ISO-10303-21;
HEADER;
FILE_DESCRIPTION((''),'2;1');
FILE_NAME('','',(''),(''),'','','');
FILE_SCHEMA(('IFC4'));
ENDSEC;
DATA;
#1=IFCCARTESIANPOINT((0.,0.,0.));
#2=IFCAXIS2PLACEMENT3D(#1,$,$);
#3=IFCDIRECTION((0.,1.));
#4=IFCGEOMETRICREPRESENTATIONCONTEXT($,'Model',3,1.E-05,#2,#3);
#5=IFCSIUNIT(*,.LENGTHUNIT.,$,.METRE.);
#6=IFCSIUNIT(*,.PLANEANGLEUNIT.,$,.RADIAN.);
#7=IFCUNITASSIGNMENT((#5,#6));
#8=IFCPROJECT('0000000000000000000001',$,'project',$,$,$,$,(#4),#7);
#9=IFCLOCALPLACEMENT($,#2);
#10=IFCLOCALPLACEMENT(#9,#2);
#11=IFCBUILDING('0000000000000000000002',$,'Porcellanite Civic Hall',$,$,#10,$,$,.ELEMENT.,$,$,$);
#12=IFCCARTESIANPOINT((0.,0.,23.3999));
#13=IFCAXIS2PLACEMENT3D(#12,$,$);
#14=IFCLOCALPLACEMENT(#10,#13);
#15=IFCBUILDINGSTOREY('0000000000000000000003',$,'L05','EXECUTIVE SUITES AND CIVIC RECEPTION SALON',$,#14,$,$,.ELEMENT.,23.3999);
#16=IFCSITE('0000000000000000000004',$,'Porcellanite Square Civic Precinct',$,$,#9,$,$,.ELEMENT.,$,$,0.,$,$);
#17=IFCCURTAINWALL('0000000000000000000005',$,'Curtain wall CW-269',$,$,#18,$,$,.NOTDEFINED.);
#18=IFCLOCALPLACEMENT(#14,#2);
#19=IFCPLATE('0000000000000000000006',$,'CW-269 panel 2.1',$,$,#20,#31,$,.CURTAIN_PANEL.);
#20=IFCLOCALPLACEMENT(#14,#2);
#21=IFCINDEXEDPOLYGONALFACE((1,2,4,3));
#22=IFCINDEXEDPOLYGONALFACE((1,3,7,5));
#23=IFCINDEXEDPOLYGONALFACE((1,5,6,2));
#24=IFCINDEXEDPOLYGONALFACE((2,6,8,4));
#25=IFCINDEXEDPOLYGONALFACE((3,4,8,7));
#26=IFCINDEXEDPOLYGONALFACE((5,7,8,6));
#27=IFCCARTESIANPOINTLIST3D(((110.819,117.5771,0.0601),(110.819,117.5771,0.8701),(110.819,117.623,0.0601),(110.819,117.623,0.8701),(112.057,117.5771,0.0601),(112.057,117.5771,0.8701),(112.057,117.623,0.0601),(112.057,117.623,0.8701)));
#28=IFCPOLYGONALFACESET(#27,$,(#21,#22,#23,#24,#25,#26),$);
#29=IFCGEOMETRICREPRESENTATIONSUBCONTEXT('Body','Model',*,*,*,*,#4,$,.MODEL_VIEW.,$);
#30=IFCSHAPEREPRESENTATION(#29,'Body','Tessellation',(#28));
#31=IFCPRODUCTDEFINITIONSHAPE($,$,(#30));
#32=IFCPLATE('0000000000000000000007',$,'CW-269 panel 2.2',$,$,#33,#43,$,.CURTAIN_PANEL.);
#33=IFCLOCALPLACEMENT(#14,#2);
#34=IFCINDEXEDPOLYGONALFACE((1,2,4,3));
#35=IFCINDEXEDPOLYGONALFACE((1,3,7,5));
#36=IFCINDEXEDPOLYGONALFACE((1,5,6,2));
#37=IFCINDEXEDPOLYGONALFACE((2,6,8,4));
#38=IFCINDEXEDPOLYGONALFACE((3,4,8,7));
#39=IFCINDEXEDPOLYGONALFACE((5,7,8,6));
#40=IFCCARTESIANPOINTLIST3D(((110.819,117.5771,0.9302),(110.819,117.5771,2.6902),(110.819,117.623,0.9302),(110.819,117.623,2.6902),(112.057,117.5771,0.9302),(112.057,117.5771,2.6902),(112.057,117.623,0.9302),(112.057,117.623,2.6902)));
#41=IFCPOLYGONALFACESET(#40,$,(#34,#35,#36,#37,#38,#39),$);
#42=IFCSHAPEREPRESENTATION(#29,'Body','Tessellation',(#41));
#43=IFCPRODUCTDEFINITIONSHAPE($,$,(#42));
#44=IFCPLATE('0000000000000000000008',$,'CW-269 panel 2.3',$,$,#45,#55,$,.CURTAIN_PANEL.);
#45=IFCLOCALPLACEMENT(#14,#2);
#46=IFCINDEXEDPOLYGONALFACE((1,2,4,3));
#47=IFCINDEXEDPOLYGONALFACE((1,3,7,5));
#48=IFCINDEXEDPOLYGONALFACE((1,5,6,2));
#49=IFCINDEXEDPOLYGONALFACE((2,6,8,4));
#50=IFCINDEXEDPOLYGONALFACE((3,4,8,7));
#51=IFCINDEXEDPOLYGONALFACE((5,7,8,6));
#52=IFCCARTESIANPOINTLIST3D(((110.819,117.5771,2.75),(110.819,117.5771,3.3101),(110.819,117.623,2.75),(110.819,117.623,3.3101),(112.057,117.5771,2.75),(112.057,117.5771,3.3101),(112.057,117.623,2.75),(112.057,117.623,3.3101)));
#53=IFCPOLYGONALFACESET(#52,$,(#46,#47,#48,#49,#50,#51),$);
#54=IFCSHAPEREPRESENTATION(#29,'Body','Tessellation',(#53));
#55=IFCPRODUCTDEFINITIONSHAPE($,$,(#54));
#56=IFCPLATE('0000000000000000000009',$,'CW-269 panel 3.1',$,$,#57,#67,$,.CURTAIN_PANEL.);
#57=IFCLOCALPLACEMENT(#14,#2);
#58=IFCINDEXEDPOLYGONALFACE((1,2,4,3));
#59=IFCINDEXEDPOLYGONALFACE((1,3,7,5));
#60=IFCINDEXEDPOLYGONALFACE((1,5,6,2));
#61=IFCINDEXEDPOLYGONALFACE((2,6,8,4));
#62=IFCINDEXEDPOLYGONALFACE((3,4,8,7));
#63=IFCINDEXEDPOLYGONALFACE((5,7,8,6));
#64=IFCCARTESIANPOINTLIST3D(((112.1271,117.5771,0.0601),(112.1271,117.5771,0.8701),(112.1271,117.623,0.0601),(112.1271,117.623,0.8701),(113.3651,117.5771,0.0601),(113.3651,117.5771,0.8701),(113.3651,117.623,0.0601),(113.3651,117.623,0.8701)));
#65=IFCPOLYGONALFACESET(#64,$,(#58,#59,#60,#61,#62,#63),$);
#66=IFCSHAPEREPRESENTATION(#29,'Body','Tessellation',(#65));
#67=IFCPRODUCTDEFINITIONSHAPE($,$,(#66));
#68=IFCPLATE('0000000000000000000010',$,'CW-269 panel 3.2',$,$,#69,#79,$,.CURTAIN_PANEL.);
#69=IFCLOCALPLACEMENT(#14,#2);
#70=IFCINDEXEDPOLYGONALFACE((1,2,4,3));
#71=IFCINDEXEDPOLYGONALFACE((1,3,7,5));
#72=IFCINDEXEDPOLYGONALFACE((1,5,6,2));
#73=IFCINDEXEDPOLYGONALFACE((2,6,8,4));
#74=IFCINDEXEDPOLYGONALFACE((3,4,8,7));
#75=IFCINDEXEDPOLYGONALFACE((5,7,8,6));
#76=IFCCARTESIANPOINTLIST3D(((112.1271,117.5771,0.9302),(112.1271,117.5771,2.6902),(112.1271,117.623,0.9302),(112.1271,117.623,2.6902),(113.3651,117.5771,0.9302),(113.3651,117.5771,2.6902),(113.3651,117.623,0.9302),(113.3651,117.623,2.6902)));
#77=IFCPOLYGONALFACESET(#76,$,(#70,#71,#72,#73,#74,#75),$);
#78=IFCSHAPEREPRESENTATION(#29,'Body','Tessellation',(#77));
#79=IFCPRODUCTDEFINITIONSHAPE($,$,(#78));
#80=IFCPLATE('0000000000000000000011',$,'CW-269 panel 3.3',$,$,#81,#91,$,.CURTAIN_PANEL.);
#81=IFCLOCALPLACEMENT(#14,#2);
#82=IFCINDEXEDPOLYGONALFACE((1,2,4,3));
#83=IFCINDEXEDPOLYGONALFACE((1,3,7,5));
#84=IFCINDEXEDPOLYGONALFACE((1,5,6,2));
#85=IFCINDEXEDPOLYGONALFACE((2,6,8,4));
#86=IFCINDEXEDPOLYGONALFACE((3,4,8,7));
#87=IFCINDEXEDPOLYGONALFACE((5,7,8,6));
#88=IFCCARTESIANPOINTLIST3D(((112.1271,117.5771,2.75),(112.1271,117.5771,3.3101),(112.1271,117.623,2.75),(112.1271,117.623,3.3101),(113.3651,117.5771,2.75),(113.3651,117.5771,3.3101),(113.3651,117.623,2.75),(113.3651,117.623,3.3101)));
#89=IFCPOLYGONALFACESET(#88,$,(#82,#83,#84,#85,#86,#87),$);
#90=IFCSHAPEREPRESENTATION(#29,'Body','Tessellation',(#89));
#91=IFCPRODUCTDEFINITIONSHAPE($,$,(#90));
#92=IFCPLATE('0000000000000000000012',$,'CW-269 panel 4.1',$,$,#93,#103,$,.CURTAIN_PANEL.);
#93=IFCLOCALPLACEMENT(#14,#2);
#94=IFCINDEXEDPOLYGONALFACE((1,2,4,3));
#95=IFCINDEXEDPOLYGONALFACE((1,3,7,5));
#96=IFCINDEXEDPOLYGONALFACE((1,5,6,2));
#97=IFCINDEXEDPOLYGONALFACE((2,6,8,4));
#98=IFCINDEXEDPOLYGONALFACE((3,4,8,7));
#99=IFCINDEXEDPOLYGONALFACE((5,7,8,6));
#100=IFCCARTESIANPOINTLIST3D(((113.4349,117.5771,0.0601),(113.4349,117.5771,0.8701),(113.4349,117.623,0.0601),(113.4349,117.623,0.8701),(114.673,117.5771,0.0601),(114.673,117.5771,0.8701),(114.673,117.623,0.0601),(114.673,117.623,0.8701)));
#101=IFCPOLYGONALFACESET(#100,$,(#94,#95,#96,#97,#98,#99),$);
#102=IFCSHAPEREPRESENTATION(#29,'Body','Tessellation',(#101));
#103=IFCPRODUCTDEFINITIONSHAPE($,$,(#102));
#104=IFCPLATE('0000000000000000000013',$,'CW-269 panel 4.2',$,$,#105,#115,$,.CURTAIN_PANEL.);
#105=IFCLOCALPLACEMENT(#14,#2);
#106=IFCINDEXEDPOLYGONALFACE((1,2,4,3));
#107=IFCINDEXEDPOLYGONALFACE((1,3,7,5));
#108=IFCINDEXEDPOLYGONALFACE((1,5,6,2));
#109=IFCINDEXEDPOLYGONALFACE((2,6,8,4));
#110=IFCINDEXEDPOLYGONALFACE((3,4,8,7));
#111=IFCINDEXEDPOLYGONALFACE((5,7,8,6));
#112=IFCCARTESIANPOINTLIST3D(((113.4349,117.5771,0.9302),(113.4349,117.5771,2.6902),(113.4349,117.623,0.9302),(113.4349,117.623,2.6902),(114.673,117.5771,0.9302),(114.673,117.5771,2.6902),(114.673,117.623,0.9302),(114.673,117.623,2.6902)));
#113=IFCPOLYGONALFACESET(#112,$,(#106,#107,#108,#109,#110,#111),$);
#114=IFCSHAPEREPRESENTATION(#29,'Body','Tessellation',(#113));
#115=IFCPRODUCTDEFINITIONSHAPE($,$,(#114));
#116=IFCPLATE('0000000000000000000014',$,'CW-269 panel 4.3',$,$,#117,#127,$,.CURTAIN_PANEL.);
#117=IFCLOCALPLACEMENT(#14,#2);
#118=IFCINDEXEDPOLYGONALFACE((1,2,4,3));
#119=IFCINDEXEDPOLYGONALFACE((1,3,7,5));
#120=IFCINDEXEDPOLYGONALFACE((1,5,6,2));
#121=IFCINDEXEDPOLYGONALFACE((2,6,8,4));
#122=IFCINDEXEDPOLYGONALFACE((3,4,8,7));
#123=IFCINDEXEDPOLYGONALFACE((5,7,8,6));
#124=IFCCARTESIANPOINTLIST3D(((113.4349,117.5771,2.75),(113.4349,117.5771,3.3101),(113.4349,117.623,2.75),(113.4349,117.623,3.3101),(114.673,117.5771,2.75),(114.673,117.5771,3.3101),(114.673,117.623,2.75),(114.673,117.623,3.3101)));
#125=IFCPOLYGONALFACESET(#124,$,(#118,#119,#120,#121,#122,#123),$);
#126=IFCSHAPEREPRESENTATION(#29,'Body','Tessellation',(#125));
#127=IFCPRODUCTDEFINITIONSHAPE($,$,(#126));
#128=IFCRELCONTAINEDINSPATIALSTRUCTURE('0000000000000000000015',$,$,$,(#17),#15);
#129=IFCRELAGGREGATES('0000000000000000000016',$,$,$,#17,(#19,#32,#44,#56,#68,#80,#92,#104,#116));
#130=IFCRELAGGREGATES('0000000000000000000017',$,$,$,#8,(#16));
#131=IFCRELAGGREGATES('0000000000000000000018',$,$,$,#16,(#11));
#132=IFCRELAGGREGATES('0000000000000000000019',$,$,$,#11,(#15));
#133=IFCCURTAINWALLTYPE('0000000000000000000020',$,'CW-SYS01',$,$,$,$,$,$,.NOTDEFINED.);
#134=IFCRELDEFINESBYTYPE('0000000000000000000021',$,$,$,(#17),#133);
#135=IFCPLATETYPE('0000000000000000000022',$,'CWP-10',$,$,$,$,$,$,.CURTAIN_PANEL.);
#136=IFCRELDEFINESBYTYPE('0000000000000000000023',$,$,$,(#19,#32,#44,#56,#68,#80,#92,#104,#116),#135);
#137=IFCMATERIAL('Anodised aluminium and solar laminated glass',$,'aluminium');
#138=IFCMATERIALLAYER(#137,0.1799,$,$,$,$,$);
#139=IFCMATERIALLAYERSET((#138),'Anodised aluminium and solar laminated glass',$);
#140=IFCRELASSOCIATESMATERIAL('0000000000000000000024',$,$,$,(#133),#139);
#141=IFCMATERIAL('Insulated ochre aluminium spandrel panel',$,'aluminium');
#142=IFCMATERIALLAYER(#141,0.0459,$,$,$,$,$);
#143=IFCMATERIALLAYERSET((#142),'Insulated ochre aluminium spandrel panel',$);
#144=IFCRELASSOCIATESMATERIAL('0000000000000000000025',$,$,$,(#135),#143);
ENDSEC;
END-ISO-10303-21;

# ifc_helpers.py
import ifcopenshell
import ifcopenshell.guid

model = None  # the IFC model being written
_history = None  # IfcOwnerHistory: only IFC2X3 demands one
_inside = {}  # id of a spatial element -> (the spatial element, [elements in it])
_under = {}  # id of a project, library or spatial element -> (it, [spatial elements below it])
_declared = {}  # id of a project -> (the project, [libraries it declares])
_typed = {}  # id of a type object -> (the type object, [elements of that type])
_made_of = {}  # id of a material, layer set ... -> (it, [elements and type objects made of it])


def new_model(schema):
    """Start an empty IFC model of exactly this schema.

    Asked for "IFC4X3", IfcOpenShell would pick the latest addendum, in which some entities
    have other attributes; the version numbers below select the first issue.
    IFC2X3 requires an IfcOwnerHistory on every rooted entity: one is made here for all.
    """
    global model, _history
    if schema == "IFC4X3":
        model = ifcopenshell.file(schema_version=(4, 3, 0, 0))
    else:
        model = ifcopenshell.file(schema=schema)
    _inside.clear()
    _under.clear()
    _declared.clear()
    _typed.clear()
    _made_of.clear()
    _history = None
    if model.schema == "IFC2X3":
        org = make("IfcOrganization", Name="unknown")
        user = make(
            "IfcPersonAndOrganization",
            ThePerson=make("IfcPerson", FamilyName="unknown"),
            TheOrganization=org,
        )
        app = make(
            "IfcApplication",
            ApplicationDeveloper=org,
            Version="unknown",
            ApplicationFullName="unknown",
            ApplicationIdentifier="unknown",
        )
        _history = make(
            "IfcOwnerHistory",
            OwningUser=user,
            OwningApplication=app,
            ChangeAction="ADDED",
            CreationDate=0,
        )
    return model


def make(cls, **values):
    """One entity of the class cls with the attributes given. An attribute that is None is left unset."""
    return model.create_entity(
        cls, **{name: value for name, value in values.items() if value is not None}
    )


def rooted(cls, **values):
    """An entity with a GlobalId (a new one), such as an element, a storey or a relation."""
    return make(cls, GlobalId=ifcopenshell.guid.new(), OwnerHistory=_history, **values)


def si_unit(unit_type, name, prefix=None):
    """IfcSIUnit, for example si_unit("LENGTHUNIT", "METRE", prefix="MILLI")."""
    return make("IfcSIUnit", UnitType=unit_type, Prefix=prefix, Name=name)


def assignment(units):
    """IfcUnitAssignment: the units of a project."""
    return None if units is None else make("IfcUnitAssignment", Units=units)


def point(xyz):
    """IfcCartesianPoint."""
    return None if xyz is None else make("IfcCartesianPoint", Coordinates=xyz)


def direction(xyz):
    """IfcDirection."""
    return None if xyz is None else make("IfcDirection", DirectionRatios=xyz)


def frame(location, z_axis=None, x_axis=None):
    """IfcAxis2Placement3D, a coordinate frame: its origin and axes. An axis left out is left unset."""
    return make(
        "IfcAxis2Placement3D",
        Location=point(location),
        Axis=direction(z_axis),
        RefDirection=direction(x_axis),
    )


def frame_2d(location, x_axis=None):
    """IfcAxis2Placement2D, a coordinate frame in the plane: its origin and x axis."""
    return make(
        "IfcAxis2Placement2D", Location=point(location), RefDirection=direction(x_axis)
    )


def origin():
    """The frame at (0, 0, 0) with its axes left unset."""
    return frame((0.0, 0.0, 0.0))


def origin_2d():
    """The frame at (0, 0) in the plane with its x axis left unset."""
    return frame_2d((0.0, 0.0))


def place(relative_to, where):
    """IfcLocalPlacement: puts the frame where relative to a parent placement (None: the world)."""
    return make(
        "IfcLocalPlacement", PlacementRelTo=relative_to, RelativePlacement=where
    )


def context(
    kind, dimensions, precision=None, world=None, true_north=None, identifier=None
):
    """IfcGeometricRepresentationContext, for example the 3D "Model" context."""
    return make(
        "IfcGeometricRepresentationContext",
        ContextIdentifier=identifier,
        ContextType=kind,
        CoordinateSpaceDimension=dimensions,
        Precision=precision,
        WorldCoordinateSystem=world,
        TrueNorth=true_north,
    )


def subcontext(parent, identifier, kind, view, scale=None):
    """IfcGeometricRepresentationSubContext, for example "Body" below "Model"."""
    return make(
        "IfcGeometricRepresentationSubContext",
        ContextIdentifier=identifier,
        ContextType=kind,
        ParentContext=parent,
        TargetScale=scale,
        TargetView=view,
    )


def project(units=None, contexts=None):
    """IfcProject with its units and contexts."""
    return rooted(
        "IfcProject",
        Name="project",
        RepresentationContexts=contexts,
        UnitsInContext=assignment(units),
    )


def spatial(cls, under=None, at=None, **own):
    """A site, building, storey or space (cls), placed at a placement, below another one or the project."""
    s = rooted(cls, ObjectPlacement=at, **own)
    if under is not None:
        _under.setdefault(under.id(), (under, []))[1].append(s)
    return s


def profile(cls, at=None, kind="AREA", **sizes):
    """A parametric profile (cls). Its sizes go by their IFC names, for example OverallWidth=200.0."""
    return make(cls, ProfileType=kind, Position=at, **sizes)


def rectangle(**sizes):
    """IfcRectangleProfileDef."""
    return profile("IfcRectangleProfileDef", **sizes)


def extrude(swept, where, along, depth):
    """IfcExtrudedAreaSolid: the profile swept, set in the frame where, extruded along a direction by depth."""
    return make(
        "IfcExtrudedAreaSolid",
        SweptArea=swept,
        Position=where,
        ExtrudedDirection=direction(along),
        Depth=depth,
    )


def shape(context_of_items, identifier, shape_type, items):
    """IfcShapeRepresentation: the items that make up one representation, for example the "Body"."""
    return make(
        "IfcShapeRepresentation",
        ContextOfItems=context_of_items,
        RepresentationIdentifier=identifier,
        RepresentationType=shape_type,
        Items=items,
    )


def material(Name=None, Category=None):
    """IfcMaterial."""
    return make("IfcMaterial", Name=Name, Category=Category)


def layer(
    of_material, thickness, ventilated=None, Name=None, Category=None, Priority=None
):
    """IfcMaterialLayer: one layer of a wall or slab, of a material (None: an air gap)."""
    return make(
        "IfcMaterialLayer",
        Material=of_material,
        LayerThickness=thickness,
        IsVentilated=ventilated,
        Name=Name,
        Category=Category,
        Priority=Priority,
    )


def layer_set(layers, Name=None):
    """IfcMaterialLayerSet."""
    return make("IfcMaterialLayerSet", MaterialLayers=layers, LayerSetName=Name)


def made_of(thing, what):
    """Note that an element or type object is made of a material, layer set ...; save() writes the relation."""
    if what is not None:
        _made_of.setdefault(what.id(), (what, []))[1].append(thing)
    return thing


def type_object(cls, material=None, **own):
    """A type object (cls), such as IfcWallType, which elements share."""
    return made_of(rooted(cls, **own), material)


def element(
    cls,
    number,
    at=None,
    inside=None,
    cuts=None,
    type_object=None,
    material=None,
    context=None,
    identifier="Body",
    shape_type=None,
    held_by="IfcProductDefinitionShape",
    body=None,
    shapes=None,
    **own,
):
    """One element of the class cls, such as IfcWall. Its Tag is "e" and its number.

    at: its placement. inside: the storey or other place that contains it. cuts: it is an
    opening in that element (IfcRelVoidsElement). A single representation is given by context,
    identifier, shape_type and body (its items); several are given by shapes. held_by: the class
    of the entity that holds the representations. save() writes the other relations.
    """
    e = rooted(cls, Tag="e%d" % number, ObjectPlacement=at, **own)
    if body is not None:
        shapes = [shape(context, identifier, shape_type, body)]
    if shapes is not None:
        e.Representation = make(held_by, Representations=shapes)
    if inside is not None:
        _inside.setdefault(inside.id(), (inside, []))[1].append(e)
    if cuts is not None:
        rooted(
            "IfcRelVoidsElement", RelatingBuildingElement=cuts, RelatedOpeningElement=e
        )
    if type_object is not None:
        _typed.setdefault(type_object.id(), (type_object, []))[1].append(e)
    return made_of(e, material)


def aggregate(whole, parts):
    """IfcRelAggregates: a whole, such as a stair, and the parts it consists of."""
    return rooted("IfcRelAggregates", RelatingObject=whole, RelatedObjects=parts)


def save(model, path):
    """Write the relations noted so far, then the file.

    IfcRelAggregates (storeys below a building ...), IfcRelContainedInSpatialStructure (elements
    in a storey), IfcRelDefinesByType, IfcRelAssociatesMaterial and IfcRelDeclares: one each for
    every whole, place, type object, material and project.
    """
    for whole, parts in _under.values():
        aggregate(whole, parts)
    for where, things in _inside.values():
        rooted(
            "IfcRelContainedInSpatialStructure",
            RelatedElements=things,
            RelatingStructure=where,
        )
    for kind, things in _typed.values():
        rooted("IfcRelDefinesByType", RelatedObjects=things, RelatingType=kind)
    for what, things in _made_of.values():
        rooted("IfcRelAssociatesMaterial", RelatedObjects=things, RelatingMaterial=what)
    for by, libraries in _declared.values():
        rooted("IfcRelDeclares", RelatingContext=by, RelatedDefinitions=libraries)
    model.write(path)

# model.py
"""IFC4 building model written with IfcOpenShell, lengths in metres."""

from ifc_helpers import new_model, si_unit, direction, frame, origin, origin_2d, place, context, subcontext, project, spatial, rectangle, extrude, material, layer, layer_set, type_object, element, aggregate, save


model = new_model("IFC4")

# Units and contexts
model_context = context("Model", 3, precision=1e-05, world=origin(), true_north=direction((0.0, 1.0)))
body_context = subcontext(model_context, "Body", "Model", "MODEL_VIEW")
ifc_project = project(units=[si_unit("LENGTHUNIT", "METRE"), si_unit("PLANEANGLEUNIT", "RADIAN")], contexts=[model_context])

# Site, building, storey
site_placement = place(None, origin())
site = spatial("IfcSite", under=ifc_project, at=site_placement, Name="Porcellanite Square Civic Precinct", CompositionType="ELEMENT", RefElevation=0.0)
building_placement = place(site_placement, origin())
building = spatial("IfcBuilding", under=site, at=building_placement, Name="Porcellanite Civic Hall", CompositionType="ELEMENT")
storey_placement = place(building_placement, frame((0.0, 0.0, 23.3999)))
storey = spatial("IfcBuildingStorey", under=building, at=storey_placement, Name="L05", Description="EXECUTIVE SUITES AND CIVIC RECEPTION SALON", CompositionType="ELEMENT", Elevation=23.3999)

# Curtain wall, plates
ifc_material_1 = material(Name="Anodised aluminium and solar laminated glass", Category="aluminium")
ifc_layer_1 = layer(ifc_material_1, 0.1799)
ifc_layer_set_1 = layer_set([ifc_layer_1], Name="Anodised aluminium and solar laminated glass")
curtain_wall_type = type_object("IfcCurtainWallType", Name="CW-SYS01", PredefinedType="NOTDEFINED", material=ifc_layer_set_1)
curtain_wall_placement = place(storey_placement, origin())
curtain_wall = element("IfcCurtainWall", 1, at=curtain_wall_placement, inside=storey, type_object=curtain_wall_type, Name="Curtain wall CW-269", PredefinedType="NOTDEFINED")
ifc_material_2 = material(Name="Insulated ochre aluminium spandrel panel", Category="aluminium")
ifc_layer_2 = layer(ifc_material_2, 0.0459)
ifc_layer_set_2 = layer_set([ifc_layer_2], Name="Insulated ochre aluminium spandrel panel")
plate_type = type_object("IfcPlateType", Name="CWP-10", PredefinedType="CURTAIN_PANEL", material=ifc_layer_set_2)
plate_1_placement = place(storey_placement, frame((111.438, 117.6001, 0.0601), z_axis=(0.0, 0.0, 1.0), x_axis=(1.0, 0.0, 0.0)))
plate_1 = element("IfcPlate", 2, at=plate_1_placement, type_object=plate_type, Name="CW-269 panel 2.1", PredefinedType="CURTAIN_PANEL", context=body_context, shape_type="SweptSolid", body=[
    extrude(rectangle(XDim=1.238, YDim=0.0459, at=origin_2d()), origin(), (0.0, 0.0, 1.0), 0.8101),
])
plate_2_placement = place(storey_placement, frame((111.438, 117.6001, 0.9302), z_axis=(0.0, 0.0, 1.0), x_axis=(1.0, 0.0, 0.0)))
plate_2 = element("IfcPlate", 3, at=plate_2_placement, type_object=plate_type, Name="CW-269 panel 2.2", PredefinedType="CURTAIN_PANEL", context=body_context, shape_type="SweptSolid", body=[
    extrude(rectangle(XDim=1.238, YDim=0.0459, at=origin_2d()), origin(), (0.0, 0.0, 1.0), 1.76),
])
plate_3_placement = place(storey_placement, frame((111.438, 117.6001, 2.75), z_axis=(0.0, 0.0, 1.0), x_axis=(1.0, 0.0, 0.0)))
plate_3 = element("IfcPlate", 4, at=plate_3_placement, type_object=plate_type, Name="CW-269 panel 2.3", PredefinedType="CURTAIN_PANEL", context=body_context, shape_type="SweptSolid", body=[
    extrude(rectangle(XDim=1.238, YDim=0.0459, at=origin_2d()), origin(), (0.0, 0.0, 1.0), 0.5601),
])
plate_4_placement = place(storey_placement, frame((112.7461, 117.6001, 0.0601), z_axis=(0.0, 0.0, 1.0), x_axis=(1.0, 0.0, 0.0)))
plate_4 = element("IfcPlate", 5, at=plate_4_placement, type_object=plate_type, Name="CW-269 panel 3.1", PredefinedType="CURTAIN_PANEL", context=body_context, shape_type="SweptSolid", body=[
    extrude(rectangle(XDim=1.238, YDim=0.0459, at=origin_2d()), origin(), (0.0, 0.0, 1.0), 0.8101),
])
plate_5_placement = place(storey_placement, frame((112.7461, 117.6001, 0.9302), z_axis=(0.0, 0.0, 1.0), x_axis=(1.0, 0.0, 0.0)))
plate_5 = element("IfcPlate", 6, at=plate_5_placement, type_object=plate_type, Name="CW-269 panel 3.2", PredefinedType="CURTAIN_PANEL", context=body_context, shape_type="SweptSolid", body=[
    extrude(rectangle(XDim=1.238, YDim=0.0459, at=origin_2d()), origin(), (0.0, 0.0, 1.0), 1.76),
])
plate_6_placement = place(storey_placement, frame((112.7461, 117.6001, 2.75), z_axis=(0.0, 0.0, 1.0), x_axis=(1.0, 0.0, 0.0)))
plate_6 = element("IfcPlate", 7, at=plate_6_placement, type_object=plate_type, Name="CW-269 panel 3.3", PredefinedType="CURTAIN_PANEL", context=body_context, shape_type="SweptSolid", body=[
    extrude(rectangle(XDim=1.238, YDim=0.0459, at=origin_2d()), origin(), (0.0, 0.0, 1.0), 0.5601),
])
plate_7_placement = place(storey_placement, frame((114.054, 117.6001, 0.0601), z_axis=(0.0, 0.0, 1.0), x_axis=(1.0, 0.0, 0.0)))
plate_7 = element("IfcPlate", 8, at=plate_7_placement, type_object=plate_type, Name="CW-269 panel 4.1", PredefinedType="CURTAIN_PANEL", context=body_context, shape_type="SweptSolid", body=[
    extrude(rectangle(XDim=1.238, YDim=0.0459, at=origin_2d()), origin(), (0.0, 0.0, 1.0), 0.8101),
])
plate_8_placement = place(storey_placement, frame((114.054, 117.6001, 0.9302), z_axis=(0.0, 0.0, 1.0), x_axis=(1.0, 0.0, 0.0)))
plate_8 = element("IfcPlate", 9, at=plate_8_placement, type_object=plate_type, Name="CW-269 panel 4.2", PredefinedType="CURTAIN_PANEL", context=body_context, shape_type="SweptSolid", body=[
    extrude(rectangle(XDim=1.238, YDim=0.0459, at=origin_2d()), origin(), (0.0, 0.0, 1.0), 1.76),
])
plate_9_placement = place(storey_placement, frame((114.054, 117.6001, 2.75), z_axis=(0.0, 0.0, 1.0), x_axis=(1.0, 0.0, 0.0)))
plate_9 = element("IfcPlate", 10, at=plate_9_placement, type_object=plate_type, Name="CW-269 panel 4.3", PredefinedType="CURTAIN_PANEL", context=body_context, shape_type="SweptSolid", body=[
    extrude(rectangle(XDim=1.238, YDim=0.0459, at=origin_2d()), origin(), (0.0, 0.0, 1.0), 0.5601),
])
aggregate(curtain_wall, [plate_1, plate_2, plate_3, plate_4, plate_5, plate_6, plate_7, plate_8, plate_9])

save(model, "model.ifc")
